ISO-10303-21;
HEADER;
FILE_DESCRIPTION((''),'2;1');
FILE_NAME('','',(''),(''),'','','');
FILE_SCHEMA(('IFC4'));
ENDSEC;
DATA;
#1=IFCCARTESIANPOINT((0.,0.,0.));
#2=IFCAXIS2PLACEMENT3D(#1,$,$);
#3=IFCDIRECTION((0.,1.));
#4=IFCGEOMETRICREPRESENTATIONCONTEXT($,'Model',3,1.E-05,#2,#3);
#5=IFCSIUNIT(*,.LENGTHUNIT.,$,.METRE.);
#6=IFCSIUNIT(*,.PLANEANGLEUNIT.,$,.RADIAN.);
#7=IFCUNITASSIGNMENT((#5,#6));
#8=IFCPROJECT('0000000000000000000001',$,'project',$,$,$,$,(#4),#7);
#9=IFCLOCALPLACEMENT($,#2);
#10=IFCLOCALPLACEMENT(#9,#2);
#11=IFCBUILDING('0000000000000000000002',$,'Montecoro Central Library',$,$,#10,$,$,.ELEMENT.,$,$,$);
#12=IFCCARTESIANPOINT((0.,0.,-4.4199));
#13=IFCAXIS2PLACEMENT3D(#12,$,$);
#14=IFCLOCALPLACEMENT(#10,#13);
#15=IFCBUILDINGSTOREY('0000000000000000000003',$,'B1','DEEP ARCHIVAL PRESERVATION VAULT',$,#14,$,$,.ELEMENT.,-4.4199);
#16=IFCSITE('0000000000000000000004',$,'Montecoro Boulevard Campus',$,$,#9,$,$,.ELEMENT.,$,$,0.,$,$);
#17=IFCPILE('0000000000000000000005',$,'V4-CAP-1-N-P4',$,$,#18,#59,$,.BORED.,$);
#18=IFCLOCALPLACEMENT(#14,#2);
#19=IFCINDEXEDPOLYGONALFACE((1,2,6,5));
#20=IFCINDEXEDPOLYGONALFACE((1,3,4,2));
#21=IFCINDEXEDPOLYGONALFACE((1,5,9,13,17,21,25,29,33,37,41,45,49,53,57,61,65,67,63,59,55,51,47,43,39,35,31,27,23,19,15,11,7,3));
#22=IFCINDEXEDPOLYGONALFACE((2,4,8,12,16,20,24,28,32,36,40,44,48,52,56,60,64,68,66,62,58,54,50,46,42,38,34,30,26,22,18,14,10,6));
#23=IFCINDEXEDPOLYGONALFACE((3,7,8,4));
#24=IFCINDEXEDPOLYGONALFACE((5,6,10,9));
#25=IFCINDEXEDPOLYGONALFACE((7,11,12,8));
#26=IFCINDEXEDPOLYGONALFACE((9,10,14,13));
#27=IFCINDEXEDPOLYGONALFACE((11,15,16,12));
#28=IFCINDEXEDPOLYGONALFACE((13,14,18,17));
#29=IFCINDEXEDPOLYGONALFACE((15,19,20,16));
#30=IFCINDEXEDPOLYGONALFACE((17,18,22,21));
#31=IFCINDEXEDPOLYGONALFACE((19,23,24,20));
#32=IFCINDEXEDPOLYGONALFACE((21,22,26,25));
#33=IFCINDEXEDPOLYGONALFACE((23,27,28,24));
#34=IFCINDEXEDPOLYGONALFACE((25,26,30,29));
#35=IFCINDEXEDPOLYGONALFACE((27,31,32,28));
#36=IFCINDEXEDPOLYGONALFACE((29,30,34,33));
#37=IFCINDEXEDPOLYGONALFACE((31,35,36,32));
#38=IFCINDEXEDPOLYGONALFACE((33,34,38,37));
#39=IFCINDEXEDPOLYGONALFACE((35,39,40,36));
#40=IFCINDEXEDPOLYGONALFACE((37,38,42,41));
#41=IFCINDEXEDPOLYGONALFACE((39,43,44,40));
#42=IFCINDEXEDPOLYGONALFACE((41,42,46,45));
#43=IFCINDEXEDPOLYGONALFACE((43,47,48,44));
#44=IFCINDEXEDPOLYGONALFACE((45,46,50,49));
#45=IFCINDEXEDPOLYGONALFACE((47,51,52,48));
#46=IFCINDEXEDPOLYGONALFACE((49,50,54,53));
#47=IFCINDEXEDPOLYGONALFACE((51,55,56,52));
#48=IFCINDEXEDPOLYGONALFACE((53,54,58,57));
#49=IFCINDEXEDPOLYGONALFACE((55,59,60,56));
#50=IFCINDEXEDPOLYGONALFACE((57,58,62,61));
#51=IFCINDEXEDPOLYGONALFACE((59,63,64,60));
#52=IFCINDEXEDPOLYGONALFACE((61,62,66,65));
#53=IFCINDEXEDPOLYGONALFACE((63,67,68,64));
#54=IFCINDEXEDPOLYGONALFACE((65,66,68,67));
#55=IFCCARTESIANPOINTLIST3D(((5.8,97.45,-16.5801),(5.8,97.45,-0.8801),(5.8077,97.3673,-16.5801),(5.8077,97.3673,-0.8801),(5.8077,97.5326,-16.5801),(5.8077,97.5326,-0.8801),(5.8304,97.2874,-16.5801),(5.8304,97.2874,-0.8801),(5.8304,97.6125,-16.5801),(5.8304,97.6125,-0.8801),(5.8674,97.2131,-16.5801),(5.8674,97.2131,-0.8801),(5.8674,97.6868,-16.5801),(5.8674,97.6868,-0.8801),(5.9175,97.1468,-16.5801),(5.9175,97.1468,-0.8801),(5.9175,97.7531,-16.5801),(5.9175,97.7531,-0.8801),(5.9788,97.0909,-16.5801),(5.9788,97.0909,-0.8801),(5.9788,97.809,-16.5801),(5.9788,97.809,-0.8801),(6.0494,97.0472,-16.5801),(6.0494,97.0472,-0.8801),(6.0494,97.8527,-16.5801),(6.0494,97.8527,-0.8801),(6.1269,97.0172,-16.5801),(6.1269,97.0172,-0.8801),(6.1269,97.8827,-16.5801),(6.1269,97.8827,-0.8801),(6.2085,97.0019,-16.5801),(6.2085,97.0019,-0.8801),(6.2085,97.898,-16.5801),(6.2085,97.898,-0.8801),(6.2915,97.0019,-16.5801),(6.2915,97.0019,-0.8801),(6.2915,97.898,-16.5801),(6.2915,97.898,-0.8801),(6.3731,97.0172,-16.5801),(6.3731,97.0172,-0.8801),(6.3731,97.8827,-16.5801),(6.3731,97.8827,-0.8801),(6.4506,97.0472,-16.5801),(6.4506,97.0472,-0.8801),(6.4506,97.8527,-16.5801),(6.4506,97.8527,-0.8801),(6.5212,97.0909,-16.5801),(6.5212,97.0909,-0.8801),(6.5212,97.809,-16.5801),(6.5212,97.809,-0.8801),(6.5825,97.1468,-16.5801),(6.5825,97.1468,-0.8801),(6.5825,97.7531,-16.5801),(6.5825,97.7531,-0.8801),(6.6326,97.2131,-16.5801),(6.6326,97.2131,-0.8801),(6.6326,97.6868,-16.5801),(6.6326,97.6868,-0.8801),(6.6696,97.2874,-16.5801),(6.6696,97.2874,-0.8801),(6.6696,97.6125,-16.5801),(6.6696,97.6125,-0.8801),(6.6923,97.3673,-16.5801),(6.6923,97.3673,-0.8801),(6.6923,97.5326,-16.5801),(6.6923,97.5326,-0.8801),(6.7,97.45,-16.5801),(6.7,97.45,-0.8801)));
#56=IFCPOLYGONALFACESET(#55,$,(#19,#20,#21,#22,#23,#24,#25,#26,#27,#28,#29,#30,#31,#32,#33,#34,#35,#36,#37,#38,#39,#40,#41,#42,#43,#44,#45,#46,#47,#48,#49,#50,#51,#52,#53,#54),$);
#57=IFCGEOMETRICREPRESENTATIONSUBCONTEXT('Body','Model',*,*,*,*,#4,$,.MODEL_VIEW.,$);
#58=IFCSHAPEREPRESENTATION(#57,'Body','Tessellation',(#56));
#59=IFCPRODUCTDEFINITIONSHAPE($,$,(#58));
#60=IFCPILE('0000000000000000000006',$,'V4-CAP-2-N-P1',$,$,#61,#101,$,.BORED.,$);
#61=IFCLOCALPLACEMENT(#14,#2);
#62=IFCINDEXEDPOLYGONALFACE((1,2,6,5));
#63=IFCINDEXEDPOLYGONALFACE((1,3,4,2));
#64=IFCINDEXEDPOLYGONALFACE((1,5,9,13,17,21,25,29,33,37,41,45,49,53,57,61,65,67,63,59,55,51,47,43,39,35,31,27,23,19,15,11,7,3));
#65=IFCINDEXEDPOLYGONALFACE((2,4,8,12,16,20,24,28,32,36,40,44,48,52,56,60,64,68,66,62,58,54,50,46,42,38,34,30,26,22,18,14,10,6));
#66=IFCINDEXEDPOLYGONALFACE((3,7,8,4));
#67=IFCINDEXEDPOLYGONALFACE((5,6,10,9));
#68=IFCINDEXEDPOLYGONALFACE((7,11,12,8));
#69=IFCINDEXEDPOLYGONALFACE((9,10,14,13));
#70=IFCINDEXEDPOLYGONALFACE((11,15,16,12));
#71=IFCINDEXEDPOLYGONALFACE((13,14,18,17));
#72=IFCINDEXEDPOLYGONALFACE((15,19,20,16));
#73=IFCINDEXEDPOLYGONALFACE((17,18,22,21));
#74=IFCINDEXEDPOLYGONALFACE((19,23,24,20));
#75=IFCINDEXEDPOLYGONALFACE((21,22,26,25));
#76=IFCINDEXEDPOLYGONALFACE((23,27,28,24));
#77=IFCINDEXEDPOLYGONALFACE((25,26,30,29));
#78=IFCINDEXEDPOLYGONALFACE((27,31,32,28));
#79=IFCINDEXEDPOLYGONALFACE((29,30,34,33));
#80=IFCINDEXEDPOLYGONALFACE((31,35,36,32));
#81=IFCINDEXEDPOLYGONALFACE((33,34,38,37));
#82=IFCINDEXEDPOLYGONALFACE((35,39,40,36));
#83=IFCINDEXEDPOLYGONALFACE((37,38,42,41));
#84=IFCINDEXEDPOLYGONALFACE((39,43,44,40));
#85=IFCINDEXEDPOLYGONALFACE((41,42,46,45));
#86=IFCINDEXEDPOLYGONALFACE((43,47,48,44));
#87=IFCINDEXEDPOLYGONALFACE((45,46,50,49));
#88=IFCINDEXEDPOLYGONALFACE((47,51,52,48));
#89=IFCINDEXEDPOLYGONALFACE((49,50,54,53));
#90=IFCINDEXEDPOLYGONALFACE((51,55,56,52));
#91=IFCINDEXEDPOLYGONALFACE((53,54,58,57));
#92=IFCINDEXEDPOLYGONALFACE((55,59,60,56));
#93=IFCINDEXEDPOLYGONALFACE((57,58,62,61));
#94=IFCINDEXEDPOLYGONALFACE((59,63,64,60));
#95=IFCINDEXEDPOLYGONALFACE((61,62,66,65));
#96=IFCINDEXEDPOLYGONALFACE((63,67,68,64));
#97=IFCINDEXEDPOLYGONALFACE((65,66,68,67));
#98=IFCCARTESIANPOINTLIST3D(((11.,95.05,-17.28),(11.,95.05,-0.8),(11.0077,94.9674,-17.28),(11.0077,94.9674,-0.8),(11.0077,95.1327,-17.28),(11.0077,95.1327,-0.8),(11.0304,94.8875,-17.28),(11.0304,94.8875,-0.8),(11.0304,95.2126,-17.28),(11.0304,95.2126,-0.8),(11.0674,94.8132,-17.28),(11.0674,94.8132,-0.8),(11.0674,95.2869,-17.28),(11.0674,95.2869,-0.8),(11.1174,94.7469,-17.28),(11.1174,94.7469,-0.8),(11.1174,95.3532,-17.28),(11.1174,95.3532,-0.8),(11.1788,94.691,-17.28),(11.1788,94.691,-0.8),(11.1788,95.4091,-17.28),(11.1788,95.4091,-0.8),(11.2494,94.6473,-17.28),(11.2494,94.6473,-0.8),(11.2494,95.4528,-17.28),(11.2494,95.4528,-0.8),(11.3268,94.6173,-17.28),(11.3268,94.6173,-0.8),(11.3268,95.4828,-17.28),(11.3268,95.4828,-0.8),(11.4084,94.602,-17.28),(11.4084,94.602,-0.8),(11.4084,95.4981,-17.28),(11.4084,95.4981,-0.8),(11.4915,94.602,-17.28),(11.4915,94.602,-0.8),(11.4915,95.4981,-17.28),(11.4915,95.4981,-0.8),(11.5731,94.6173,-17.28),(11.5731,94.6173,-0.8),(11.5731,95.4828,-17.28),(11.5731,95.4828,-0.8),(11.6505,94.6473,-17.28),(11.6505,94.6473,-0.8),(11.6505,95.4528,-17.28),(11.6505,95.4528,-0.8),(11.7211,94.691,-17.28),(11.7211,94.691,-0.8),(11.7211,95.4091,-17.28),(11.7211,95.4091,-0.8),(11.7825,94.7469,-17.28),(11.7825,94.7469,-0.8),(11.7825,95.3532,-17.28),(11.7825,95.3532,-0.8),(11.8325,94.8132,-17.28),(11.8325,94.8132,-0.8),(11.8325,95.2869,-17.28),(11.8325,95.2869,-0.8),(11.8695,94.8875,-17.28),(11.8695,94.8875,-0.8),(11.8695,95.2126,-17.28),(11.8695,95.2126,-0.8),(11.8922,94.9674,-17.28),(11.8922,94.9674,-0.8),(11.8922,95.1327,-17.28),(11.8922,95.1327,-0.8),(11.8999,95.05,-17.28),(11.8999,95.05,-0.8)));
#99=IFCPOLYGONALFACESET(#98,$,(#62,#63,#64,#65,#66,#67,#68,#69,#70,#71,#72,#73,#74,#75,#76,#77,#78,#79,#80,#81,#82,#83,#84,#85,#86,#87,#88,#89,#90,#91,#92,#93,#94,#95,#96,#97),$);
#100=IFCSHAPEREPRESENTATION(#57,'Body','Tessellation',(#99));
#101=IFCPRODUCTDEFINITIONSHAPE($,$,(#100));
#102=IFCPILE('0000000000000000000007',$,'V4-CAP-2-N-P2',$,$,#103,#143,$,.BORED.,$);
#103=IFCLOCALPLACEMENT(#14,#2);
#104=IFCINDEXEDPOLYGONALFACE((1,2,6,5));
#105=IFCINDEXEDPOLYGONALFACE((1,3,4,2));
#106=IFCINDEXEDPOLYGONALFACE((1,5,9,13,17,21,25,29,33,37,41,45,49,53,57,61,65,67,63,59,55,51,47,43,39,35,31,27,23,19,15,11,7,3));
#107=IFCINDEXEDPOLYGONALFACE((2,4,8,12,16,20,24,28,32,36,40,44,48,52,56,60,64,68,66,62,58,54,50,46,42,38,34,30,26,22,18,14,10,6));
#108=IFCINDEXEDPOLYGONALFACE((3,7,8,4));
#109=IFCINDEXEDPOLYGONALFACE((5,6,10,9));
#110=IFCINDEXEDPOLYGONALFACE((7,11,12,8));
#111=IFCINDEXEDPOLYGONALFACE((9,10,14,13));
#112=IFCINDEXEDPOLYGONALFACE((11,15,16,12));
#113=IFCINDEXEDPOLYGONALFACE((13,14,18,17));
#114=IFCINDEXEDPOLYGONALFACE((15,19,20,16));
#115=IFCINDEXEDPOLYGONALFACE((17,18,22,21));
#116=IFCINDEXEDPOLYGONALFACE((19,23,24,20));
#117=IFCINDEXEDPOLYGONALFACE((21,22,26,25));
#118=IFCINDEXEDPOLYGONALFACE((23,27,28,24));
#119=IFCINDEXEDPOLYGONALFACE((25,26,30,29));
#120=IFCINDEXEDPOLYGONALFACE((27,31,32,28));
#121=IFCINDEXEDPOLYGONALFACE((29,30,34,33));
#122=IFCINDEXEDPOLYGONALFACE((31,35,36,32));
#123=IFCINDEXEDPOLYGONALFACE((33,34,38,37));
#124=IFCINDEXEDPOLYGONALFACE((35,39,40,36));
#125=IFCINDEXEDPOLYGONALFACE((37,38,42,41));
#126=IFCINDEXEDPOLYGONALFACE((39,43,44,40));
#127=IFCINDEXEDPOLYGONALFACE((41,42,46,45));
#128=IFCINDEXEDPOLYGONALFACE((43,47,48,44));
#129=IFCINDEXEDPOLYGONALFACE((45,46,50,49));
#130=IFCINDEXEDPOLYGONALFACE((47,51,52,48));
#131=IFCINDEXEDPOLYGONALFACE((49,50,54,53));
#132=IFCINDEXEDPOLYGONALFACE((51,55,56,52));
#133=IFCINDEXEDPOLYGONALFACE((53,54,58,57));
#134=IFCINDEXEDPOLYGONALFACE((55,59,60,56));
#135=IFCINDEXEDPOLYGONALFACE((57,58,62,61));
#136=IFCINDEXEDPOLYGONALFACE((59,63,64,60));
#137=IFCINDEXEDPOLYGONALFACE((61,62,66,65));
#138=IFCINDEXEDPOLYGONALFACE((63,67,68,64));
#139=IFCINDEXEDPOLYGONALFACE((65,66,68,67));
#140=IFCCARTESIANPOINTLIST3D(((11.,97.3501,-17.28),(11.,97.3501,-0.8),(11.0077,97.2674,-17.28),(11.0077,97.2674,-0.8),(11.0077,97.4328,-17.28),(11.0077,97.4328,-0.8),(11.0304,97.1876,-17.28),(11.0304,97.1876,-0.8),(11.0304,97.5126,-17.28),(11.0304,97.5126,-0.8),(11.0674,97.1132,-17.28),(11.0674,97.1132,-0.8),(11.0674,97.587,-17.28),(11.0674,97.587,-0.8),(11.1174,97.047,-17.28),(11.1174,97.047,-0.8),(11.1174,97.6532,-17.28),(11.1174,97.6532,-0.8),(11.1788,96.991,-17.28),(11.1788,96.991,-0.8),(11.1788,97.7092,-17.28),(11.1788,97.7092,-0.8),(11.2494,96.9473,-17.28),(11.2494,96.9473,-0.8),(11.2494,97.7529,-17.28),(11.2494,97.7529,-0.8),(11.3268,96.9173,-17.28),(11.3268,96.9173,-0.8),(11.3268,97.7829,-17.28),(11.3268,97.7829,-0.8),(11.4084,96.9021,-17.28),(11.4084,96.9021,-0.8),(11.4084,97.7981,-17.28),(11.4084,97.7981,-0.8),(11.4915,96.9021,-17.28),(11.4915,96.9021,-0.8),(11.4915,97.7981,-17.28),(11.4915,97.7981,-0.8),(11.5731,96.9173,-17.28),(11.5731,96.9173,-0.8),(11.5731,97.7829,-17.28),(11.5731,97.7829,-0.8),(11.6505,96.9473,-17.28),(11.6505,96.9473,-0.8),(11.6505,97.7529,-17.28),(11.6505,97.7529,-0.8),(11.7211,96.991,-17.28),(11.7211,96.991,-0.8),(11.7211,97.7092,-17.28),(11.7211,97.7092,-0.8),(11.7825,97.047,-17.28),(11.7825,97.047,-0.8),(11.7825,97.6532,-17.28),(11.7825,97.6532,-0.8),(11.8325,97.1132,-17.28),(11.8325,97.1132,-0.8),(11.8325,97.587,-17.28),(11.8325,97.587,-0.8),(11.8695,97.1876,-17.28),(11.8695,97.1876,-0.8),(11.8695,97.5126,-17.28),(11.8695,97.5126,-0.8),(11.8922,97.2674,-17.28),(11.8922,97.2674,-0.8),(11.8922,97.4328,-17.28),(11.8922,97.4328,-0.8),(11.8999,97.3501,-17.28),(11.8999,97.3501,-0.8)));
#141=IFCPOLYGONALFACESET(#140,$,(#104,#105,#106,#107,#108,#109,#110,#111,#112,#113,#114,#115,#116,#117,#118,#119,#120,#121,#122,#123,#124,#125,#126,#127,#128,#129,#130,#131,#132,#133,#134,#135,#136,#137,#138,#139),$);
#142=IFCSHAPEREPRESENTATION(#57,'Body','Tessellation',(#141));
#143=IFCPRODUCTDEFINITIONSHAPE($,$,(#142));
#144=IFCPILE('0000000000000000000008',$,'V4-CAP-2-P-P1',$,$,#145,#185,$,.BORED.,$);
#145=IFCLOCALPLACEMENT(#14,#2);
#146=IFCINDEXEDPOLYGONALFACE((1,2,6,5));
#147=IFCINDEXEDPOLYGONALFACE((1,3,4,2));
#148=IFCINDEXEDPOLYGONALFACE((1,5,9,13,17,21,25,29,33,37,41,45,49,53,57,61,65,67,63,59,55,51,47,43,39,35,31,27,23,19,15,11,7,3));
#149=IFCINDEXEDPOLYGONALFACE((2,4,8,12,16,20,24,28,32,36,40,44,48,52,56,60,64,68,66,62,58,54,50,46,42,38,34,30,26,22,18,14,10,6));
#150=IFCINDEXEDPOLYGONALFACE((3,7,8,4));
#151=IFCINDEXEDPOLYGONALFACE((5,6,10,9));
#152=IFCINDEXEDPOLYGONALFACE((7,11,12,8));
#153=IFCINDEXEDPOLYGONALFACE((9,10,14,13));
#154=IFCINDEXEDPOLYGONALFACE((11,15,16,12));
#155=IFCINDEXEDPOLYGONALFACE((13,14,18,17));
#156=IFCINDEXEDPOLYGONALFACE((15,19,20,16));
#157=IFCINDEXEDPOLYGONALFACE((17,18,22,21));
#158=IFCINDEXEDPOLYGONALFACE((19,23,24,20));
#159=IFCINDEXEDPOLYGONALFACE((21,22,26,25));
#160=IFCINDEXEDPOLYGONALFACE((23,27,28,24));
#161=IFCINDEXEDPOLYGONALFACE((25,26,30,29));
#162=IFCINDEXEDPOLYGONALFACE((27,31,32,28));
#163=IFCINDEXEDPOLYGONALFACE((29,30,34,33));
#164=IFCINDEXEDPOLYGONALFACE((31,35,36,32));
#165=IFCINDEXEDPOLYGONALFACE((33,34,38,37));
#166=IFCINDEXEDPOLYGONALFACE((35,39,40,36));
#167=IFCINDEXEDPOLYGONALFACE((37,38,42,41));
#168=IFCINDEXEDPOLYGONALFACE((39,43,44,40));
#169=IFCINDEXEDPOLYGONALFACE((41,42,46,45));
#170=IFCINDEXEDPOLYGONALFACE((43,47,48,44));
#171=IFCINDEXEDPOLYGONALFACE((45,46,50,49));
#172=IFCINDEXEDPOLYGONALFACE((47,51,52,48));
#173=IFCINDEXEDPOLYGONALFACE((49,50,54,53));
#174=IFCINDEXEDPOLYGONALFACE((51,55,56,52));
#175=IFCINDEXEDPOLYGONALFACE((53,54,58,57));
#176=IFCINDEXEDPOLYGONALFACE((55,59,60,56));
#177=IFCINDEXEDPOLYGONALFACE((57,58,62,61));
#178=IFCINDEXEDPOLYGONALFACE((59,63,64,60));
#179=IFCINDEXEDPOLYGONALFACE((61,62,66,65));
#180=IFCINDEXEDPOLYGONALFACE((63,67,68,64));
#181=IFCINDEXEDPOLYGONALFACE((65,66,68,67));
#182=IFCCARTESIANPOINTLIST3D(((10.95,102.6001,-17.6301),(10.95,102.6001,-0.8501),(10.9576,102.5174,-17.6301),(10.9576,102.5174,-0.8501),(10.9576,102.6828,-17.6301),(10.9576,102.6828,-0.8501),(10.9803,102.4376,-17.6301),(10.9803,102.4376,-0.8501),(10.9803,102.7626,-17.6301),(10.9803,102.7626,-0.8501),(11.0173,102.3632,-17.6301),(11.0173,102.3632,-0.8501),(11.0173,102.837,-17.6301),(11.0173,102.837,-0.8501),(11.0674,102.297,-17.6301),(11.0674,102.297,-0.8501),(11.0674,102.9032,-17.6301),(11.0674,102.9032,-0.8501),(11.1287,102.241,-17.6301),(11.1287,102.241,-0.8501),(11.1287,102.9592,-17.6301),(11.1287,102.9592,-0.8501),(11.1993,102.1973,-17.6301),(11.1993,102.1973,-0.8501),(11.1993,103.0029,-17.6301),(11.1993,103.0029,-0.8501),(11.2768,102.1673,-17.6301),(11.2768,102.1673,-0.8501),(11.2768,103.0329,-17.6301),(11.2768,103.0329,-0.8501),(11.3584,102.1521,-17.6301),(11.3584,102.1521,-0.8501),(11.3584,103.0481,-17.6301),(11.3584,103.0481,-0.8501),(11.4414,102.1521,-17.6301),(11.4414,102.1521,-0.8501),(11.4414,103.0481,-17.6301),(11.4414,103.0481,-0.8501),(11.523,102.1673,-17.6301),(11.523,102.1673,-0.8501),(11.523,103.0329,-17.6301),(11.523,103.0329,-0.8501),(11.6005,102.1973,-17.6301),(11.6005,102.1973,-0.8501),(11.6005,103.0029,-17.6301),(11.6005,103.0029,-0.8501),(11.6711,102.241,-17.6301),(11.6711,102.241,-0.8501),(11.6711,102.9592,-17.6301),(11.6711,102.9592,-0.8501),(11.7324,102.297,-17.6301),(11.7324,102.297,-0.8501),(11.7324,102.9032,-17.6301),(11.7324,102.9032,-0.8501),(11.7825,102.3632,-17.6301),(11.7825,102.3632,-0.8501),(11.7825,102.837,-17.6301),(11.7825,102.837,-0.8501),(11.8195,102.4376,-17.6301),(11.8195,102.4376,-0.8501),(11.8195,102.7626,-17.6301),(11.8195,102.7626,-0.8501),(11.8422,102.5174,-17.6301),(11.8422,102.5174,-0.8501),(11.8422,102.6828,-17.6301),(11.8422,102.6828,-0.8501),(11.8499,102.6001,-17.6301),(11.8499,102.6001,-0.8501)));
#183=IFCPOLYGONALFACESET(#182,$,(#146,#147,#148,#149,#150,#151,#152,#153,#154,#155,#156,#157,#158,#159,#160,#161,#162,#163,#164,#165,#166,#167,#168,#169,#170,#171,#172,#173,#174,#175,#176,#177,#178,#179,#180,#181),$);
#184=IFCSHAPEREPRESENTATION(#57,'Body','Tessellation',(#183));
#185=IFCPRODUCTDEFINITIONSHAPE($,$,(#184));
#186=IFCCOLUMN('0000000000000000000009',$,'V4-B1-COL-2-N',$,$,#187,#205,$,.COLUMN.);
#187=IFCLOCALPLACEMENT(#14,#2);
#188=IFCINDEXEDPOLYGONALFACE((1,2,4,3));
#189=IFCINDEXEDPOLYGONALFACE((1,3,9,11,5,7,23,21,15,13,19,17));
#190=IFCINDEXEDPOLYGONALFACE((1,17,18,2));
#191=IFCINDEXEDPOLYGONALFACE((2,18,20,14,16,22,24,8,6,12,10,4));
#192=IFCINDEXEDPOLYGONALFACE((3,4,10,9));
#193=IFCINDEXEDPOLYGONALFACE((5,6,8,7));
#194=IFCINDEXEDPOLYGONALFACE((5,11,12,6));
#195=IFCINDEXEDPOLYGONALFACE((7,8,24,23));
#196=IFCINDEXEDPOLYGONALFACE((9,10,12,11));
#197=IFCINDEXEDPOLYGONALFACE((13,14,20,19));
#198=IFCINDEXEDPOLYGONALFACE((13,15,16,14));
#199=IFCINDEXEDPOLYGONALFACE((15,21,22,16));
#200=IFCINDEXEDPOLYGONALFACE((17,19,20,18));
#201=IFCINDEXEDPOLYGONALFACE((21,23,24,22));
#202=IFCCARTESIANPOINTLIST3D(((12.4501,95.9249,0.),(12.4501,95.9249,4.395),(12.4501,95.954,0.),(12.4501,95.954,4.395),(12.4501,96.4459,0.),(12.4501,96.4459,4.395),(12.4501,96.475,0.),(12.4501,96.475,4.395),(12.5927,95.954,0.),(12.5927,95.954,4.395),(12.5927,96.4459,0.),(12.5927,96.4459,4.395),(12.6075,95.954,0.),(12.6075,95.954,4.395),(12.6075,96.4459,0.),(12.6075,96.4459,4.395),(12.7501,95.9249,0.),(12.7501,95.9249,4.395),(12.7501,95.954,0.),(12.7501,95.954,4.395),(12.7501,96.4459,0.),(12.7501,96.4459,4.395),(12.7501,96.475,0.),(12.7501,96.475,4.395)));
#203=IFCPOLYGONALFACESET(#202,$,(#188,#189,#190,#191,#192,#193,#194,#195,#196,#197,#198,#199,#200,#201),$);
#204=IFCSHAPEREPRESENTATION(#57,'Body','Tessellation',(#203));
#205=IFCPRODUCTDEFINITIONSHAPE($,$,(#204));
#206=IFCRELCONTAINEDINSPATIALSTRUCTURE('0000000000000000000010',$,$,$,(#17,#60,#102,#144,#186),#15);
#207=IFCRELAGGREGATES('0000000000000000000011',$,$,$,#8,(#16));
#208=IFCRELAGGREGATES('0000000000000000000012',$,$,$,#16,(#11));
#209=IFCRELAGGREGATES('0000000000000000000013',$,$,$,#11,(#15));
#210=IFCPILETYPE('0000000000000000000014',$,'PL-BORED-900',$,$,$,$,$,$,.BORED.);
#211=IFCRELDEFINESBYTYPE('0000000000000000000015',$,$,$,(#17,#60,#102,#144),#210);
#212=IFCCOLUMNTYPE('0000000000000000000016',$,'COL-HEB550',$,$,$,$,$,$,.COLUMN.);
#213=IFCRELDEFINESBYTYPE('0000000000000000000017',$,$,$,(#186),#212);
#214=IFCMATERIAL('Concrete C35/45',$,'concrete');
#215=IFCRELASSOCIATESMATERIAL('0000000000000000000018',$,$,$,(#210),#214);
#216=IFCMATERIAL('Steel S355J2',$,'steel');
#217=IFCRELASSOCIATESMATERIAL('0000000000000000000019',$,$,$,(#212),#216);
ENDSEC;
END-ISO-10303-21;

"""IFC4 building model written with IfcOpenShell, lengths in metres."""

from ifc_helpers import new_model, si_unit, direction, frame, origin, origin_2d, place, context, subcontext, project, spatial, circle, i_section, extrude, material, material_profile, profile_set, type_object, element, save


model = new_model("IFC4")

# Units and contexts
model_context = context("Model", 3, precision=1e-05, world=origin(), true_north=direction((0.0, 1.0)))
body_context = subcontext(model_context, "Body", "Model", "MODEL_VIEW")
ifc_project = project(units=[si_unit("LENGTHUNIT", "METRE"), si_unit("PLANEANGLEUNIT", "RADIAN")], contexts=[model_context])

# Site, building, storey
site_placement = place(None, origin())
site = spatial("IfcSite", under=ifc_project, at=site_placement, Name="Montecoro Boulevard Campus", CompositionType="ELEMENT", RefElevation=0.0)
building_placement = place(site_placement, origin())
building = spatial("IfcBuilding", under=site, at=building_placement, Name="Montecoro Central Library", CompositionType="ELEMENT")
storey_placement = place(building_placement, frame((0.0, 0.0, -4.4199)))
storey = spatial("IfcBuildingStorey", under=building, at=storey_placement, Name="B1", Description="DEEP ARCHIVAL PRESERVATION VAULT", CompositionType="ELEMENT", Elevation=-4.4199)

# Shared definitions
ifc_material_1 = material(Name="Concrete C35/45", Category="concrete")

# Piles
ifc_material_profile_1 = material_profile(ifc_material_1, circle(Radius=0.45, at=origin_2d()), Name="PILE D900")
ifc_profile_set_1 = profile_set([ifc_material_profile_1], Name="Concrete C35/45")
pile_type_1 = type_object("IfcPileType", Name="PL-BORED-900", PredefinedType="BORED", material=ifc_profile_set_1)
for number, where, z_axis, x_axis, name in (
    (1, (6.25, 97.45, -0.8801), (0.0, 0.0, -1.0), (1.0, 0.0, 0.0), "V4-CAP-1-N-P4"),
):
    element("IfcPile", number, at=place(storey_placement, frame(where, z_axis=z_axis, x_axis=x_axis)), inside=storey, type_object=pile_type_1, Name=name, PredefinedType="BORED", context=body_context, shape_type="SweptSolid", body=[
        extrude(circle(Radius=0.45, at=origin_2d()), origin(), (0.0, 0.0, 1.0), 15.7),
    ])
for number, where, z_axis, x_axis, name in (
    (2, (11.45, 95.05, -0.8), (0.0, 0.0, -1.0), (1.0, 0.0, 0.0), "V4-CAP-2-N-P1"),
    (3, (11.45, 97.3501, -0.8), (0.0, 0.0, -1.0), (1.0, 0.0, 0.0), "V4-CAP-2-N-P2"),
):
    element("IfcPile", number, at=place(storey_placement, frame(where, z_axis=z_axis, x_axis=x_axis)), inside=storey, type_object=pile_type_1, Name=name, PredefinedType="BORED", context=body_context, shape_type="SweptSolid", body=[
        extrude(circle(Radius=0.45, at=origin_2d()), origin(), (0.0, 0.0, 1.0), 16.48),
    ])
pile_placement = place(storey_placement, frame((11.3999, 102.6001, -0.8501), z_axis=(0.0, 0.0, -1.0), x_axis=(1.0, 0.0, 0.0)))
element("IfcPile", 4, at=pile_placement, inside=storey, type_object=pile_type_1, Name="V4-CAP-2-P-P1", PredefinedType="BORED", context=body_context, shape_type="SweptSolid", body=[
    extrude(circle(Radius=0.45, at=origin_2d()), origin(), (0.0, 0.0, 1.0), 16.78),
])

# Column
ifc_material_2 = material(Name="Steel S355J2", Category="steel")
ifc_material_profile_2 = material_profile(ifc_material_2, i_section(OverallWidth=0.3, OverallDepth=0.55, WebThickness=0.0149, FlangeThickness=0.0291, at=origin_2d()), Name="HEB 550")
ifc_profile_set_2 = profile_set([ifc_material_profile_2], Name="Steel S355J2")
column_type_1 = type_object("IfcColumnType", Name="COL-HEB550", PredefinedType="COLUMN", material=ifc_profile_set_2)
column_placement = place(storey_placement, frame((12.6001, 96.2, 0.0), z_axis=(0.0, 0.0, 1.0), x_axis=(1.0, 0.0, 0.0)))
element("IfcColumn", 5, at=column_placement, inside=storey, type_object=column_type_1, Name="V4-B1-COL-2-N", PredefinedType="COLUMN", context=body_context, shape_type="SweptSolid", body=[
    extrude(i_section(OverallWidth=0.3, OverallDepth=0.55, WebThickness=0.0149, FlangeThickness=0.0291, at=origin_2d()), origin(), (0.0, 0.0, 1.0), 4.395),
])

save(model, "model.ifc")
